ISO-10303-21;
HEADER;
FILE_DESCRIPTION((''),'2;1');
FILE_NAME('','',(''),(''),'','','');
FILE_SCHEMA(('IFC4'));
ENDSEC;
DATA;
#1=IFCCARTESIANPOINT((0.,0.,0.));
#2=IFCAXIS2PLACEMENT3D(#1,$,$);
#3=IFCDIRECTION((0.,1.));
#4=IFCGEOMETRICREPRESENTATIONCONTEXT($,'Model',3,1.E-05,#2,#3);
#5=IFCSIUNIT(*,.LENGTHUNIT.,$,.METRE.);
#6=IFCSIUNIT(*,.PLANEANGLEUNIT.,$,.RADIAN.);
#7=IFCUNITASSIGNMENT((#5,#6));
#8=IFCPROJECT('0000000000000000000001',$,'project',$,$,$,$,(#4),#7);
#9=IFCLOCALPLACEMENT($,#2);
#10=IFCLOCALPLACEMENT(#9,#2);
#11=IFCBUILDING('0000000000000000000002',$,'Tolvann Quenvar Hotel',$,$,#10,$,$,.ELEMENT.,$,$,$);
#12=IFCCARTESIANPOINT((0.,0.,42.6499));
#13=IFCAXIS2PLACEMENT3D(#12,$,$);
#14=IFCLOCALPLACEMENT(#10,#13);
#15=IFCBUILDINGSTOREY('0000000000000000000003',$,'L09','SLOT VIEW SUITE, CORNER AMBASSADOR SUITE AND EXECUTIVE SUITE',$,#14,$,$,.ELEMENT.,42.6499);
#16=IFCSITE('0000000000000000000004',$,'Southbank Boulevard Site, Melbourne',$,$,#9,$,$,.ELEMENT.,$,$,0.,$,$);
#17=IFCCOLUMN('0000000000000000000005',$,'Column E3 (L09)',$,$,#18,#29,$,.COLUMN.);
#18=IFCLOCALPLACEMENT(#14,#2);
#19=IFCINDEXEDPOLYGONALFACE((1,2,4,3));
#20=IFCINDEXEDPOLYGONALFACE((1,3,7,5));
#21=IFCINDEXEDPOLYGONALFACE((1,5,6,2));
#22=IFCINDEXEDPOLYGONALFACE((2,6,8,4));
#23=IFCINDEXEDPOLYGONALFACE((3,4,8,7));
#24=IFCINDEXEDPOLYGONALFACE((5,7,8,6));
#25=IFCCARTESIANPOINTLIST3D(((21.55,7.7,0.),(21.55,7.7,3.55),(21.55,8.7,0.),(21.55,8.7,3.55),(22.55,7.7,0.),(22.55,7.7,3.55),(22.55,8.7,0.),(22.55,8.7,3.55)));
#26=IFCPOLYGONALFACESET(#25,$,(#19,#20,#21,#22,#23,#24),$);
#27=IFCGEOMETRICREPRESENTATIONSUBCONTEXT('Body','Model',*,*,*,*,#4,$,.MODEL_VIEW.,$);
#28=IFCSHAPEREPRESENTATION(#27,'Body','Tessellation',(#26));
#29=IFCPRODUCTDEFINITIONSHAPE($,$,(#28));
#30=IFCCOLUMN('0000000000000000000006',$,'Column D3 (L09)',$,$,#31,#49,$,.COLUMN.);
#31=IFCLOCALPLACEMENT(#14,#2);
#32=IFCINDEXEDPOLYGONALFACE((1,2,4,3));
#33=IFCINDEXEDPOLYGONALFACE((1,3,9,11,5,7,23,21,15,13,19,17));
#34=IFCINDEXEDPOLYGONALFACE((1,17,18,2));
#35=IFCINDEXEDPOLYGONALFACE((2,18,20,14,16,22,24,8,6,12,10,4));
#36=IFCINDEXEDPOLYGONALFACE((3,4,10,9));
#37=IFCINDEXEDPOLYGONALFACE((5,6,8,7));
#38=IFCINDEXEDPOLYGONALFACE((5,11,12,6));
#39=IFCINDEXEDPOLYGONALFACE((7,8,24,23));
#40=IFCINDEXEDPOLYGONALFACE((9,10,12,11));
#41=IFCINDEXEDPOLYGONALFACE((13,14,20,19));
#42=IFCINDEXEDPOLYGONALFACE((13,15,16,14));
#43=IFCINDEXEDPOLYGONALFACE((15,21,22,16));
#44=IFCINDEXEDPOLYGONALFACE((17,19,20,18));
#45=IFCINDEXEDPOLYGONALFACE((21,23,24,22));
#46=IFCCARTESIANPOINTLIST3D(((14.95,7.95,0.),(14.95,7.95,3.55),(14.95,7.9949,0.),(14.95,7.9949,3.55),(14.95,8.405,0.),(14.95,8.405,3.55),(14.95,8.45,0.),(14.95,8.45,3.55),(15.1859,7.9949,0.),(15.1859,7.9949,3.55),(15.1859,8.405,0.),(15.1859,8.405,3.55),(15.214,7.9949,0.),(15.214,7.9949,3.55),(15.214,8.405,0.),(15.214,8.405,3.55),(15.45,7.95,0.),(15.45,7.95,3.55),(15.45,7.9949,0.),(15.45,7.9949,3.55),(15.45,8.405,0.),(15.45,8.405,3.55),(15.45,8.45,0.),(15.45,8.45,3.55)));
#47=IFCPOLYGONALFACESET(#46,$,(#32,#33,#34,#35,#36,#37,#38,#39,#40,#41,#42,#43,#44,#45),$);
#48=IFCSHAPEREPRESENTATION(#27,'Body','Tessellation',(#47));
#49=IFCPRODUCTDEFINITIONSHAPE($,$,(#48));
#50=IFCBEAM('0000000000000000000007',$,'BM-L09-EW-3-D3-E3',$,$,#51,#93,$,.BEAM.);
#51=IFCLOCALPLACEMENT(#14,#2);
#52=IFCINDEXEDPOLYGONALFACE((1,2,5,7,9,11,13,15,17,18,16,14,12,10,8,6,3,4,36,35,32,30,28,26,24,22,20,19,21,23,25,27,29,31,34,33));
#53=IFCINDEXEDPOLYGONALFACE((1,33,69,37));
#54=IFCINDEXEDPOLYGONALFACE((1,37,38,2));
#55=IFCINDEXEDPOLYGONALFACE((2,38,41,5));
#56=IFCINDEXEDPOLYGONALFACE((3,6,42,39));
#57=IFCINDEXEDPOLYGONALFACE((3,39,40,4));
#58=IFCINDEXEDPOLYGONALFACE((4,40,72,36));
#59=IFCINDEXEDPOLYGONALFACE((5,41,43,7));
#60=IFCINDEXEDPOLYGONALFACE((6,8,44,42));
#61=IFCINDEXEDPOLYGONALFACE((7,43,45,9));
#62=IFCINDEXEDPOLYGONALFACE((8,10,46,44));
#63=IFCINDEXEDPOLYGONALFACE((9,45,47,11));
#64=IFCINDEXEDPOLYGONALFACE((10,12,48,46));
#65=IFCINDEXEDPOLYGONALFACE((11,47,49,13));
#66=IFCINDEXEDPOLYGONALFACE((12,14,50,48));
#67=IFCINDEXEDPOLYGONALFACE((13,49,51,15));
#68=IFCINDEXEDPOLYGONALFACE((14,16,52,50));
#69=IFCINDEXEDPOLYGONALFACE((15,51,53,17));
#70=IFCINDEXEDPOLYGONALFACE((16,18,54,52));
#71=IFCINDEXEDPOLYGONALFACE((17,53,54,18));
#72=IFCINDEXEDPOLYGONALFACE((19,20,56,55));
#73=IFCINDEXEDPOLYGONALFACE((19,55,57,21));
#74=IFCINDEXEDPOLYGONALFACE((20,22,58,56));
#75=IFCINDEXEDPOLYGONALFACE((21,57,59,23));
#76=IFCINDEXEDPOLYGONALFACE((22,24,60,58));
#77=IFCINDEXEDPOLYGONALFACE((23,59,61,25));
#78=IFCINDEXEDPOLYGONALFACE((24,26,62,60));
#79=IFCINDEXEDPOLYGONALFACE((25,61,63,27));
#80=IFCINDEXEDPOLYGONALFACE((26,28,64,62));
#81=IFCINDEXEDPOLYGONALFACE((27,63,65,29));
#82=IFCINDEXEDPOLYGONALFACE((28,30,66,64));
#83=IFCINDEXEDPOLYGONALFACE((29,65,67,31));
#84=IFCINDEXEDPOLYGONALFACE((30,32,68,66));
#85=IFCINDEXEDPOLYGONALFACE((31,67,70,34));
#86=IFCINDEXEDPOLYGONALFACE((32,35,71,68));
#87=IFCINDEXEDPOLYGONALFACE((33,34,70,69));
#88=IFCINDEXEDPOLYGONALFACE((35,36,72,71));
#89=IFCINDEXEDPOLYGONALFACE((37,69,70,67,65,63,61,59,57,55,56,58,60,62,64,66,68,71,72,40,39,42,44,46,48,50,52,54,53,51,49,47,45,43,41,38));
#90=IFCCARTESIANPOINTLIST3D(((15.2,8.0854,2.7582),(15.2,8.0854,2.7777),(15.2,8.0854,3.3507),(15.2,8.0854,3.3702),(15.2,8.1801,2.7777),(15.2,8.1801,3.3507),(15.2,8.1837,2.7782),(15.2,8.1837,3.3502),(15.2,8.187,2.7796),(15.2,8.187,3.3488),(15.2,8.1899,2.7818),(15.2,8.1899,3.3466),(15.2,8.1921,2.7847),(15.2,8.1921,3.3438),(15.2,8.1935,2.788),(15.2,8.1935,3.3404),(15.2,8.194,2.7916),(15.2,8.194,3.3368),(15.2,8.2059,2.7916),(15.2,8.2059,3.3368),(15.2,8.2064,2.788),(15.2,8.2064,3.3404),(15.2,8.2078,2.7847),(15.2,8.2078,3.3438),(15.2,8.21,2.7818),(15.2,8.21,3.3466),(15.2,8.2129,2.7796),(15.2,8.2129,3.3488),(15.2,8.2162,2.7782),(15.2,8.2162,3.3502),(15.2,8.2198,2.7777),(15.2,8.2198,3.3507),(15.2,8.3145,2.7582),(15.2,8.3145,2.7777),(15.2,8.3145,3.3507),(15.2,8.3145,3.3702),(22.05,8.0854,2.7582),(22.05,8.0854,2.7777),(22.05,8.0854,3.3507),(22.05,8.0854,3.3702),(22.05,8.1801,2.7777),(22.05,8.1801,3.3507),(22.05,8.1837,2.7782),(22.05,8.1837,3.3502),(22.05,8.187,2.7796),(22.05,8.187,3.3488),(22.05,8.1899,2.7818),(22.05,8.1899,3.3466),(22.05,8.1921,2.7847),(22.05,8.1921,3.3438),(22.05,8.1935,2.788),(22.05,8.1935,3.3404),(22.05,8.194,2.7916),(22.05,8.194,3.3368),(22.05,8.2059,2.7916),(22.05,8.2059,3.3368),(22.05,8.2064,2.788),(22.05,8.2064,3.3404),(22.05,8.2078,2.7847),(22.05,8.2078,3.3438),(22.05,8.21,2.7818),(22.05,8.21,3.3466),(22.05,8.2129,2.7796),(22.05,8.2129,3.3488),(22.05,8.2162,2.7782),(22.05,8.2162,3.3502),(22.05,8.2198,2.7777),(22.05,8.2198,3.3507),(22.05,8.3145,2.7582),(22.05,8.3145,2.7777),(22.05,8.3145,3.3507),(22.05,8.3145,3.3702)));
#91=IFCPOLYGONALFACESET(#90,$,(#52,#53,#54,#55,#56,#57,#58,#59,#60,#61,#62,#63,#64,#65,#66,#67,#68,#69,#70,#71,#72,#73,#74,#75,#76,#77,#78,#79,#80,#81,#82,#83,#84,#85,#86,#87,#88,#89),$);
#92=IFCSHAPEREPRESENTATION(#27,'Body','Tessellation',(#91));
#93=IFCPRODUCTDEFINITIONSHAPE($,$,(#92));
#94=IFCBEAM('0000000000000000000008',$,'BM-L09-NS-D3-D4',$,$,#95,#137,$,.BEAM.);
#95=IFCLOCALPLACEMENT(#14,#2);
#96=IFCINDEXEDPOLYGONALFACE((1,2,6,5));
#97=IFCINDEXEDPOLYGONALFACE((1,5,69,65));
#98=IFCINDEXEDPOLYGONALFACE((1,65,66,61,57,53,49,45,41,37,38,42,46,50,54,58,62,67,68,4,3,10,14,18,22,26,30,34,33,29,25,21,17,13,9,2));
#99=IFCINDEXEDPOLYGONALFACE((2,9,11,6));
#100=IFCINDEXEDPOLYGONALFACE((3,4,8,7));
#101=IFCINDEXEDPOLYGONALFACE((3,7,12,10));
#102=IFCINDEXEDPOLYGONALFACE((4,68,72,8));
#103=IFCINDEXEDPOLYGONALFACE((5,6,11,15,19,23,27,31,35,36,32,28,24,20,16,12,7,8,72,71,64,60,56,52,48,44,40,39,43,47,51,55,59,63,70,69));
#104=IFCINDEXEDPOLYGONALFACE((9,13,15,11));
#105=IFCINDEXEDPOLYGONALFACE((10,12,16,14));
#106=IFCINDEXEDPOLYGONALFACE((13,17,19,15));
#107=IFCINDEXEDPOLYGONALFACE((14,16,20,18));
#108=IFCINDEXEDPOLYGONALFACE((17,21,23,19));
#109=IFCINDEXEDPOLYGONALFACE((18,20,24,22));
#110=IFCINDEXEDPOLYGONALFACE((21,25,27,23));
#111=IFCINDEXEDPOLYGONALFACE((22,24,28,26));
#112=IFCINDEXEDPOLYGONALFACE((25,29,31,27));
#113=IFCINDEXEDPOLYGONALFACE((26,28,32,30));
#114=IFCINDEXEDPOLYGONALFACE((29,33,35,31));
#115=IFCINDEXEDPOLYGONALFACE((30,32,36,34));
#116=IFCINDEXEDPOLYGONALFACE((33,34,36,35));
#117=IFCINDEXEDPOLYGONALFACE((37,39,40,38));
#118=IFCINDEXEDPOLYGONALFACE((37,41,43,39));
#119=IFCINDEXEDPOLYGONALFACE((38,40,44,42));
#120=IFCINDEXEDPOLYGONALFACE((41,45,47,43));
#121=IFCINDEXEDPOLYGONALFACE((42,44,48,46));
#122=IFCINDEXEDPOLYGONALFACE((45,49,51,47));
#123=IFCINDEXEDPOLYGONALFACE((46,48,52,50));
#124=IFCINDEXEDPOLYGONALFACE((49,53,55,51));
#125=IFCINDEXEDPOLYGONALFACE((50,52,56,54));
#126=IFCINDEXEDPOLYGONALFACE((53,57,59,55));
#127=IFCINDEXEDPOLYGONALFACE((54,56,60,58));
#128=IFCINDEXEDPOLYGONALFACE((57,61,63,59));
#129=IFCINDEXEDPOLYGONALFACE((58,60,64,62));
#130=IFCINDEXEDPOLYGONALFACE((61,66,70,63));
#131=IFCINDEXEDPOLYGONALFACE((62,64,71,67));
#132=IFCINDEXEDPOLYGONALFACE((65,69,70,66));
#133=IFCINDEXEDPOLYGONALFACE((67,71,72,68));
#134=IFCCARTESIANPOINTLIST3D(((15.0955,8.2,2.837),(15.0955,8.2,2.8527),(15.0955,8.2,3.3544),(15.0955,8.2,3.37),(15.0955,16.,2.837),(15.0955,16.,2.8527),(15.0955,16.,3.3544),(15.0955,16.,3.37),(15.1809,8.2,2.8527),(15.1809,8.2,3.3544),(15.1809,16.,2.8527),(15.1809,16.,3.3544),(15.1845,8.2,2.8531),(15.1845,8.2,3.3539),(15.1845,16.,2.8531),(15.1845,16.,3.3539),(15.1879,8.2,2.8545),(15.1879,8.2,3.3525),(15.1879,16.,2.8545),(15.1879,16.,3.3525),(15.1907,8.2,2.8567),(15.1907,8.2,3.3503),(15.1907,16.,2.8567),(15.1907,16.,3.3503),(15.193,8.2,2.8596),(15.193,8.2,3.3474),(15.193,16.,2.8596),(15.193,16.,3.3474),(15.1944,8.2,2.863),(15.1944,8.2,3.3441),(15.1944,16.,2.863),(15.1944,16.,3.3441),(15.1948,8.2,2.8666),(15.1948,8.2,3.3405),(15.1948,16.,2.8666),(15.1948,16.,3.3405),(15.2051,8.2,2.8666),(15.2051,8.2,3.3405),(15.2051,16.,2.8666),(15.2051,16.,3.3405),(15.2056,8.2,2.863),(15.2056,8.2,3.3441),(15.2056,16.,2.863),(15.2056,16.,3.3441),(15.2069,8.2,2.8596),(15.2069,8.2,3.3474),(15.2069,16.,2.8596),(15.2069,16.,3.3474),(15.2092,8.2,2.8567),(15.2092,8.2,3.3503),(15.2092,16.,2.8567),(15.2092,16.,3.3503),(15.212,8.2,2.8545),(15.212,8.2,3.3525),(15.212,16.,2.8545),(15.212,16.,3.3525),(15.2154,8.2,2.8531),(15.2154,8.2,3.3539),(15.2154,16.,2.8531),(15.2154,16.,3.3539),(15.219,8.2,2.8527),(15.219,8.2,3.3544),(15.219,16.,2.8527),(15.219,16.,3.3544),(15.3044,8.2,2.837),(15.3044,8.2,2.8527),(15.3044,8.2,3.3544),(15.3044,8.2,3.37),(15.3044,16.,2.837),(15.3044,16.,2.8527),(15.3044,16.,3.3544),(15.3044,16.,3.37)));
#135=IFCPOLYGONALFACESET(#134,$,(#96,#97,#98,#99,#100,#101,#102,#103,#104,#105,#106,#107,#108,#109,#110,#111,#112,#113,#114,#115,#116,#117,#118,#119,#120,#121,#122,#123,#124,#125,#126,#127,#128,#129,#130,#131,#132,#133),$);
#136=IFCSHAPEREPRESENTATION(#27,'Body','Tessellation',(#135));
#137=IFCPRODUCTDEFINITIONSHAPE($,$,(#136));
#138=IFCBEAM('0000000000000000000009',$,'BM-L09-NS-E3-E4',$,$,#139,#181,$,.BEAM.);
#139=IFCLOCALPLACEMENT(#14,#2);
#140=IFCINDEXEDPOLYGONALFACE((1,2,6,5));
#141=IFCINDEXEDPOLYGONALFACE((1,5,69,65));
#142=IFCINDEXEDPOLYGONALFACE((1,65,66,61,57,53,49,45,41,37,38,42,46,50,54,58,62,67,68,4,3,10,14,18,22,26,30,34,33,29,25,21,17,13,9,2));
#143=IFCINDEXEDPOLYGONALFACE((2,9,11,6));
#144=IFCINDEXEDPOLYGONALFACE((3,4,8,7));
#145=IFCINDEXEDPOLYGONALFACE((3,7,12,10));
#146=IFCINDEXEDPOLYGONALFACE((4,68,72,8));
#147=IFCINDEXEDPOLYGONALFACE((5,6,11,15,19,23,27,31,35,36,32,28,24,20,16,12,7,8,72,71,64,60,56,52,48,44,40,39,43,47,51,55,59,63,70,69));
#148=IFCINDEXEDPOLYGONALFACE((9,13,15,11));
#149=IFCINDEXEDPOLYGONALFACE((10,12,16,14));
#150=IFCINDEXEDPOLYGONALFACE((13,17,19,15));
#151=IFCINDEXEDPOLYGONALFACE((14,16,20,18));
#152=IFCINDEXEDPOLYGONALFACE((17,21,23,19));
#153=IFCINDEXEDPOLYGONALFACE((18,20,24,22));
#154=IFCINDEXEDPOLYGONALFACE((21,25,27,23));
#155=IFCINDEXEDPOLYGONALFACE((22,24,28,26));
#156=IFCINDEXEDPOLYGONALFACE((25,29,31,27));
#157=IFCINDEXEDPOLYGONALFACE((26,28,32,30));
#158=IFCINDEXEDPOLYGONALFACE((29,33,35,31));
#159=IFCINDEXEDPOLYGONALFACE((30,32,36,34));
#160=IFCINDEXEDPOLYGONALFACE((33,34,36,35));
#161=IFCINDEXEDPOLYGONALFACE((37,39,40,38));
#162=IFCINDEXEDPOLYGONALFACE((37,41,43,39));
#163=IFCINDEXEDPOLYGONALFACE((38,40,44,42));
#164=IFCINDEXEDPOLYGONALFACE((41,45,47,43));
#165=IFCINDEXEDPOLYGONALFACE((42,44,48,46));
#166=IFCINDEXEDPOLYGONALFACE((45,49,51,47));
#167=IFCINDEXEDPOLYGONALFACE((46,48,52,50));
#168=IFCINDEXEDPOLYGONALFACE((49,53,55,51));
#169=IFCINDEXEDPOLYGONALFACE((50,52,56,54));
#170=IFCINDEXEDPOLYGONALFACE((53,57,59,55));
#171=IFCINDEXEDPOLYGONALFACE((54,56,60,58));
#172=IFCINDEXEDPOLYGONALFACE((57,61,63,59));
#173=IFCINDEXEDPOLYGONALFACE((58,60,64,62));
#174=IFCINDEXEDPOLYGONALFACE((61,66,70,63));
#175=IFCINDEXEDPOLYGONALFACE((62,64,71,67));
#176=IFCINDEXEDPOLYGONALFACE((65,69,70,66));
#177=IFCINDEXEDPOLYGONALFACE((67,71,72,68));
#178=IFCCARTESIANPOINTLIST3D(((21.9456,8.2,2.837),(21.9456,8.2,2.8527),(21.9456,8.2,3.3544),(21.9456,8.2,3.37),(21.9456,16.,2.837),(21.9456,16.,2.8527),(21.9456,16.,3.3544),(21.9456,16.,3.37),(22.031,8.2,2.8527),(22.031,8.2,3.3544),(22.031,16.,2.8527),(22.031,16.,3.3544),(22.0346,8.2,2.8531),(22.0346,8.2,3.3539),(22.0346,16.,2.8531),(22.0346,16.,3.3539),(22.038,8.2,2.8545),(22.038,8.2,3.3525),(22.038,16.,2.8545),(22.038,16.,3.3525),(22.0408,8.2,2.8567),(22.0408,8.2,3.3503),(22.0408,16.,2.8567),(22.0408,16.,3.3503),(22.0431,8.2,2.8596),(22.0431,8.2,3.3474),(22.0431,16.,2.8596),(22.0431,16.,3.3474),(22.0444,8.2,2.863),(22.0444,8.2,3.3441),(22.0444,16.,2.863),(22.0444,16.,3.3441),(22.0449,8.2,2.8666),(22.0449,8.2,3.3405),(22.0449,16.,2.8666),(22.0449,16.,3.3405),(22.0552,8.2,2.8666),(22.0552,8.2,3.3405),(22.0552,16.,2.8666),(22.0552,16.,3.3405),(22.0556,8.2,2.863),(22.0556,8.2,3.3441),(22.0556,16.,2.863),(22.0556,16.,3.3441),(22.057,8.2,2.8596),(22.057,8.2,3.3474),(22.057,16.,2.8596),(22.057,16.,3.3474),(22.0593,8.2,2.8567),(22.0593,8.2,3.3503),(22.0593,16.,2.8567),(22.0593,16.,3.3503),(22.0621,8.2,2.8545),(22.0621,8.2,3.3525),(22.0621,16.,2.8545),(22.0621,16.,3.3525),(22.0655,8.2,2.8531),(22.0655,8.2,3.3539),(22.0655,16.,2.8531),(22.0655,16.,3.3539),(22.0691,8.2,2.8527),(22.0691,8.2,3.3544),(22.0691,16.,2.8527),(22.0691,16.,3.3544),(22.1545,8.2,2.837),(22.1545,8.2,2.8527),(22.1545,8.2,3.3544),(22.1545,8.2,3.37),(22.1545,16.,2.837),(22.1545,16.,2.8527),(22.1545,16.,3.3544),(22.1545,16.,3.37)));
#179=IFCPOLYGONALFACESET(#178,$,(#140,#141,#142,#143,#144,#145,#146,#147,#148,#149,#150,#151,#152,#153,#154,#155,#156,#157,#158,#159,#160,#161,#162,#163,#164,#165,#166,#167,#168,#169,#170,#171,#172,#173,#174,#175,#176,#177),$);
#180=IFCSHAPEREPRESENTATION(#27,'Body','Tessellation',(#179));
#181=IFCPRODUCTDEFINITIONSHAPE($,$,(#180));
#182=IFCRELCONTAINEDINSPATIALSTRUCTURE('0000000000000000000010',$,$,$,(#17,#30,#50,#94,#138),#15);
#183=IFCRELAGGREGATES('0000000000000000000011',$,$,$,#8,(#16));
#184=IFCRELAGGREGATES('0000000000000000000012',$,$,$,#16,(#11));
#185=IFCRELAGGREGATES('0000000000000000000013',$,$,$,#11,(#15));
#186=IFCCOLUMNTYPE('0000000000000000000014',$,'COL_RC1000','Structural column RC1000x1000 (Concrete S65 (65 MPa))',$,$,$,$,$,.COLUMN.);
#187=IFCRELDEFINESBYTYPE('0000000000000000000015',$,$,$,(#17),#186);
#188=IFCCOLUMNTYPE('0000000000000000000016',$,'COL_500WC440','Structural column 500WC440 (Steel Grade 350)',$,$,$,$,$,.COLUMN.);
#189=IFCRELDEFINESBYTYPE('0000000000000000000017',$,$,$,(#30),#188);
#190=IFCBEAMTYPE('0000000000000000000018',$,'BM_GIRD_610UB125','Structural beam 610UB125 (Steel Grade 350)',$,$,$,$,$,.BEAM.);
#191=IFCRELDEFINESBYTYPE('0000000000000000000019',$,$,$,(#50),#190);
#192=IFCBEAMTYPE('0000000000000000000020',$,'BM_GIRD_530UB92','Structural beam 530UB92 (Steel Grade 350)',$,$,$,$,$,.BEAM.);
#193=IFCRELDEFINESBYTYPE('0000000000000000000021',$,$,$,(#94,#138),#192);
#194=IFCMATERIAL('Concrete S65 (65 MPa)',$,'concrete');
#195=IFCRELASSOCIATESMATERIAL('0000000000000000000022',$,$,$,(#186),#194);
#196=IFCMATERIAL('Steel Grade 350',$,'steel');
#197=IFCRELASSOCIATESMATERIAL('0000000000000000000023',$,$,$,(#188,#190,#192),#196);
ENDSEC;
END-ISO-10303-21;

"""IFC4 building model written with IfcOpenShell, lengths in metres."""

from ifc_helpers import new_model, si_unit, direction, frame, origin, origin_2d, place, context, subcontext, project, spatial, rectangle, i_section, extrude, source, transform, mapped, material, material_profile, profile_set, type_object, type_shapes, element, save


model = new_model("IFC4")

# Units and contexts
model_context = context("Model", 3, precision=1e-05, world=origin(), true_north=direction((0.0, 1.0)))
body_context = subcontext(model_context, "Body", "Model", "MODEL_VIEW")
ifc_project = project(units=[si_unit("LENGTHUNIT", "METRE"), si_unit("PLANEANGLEUNIT", "RADIAN")], contexts=[model_context])

# Site, building, storey
site_placement = place(None, origin())
site = spatial("IfcSite", under=ifc_project, at=site_placement, Name="Southbank Boulevard Site, Melbourne", CompositionType="ELEMENT", RefElevation=0.0)
building_placement = place(site_placement, origin())
building = spatial("IfcBuilding", under=site, at=building_placement, Name="Tolvann Quenvar Hotel", CompositionType="ELEMENT")
storey_placement = place(building_placement, frame((0.0, 0.0, 42.6499)))
storey = spatial("IfcBuildingStorey", under=building, at=storey_placement, Name="L09", Description="SLOT VIEW SUITE, CORNER AMBASSADOR SUITE AND EXECUTIVE SUITE", CompositionType="ELEMENT", Elevation=42.6499)

# Columns
ifc_material_1 = material(Name="Concrete S65 (65 MPa)", Category="concrete")
ifc_material_profile_1 = material_profile(ifc_material_1, rectangle(XDim=1.0, YDim=1.0, at=origin_2d()), Name="RC1000x1000")
ifc_profile_set_1 = profile_set([ifc_material_profile_1], Name="Concrete S65 (65 MPa)")
column_type_1 = type_object("IfcColumnType", Name="COL_RC1000", Description="Structural column RC1000x1000 (Concrete S65 (65 MPa))", PredefinedType="COLUMN", material=ifc_profile_set_1)
shared_shape_1 = source(origin(), body_context, "Body", "SweptSolid", [
    extrude(rectangle(XDim=1.0, YDim=1.0, at=origin_2d()), origin(), (0.0, 0.0, 1.0), 3.55),
])
type_shapes(column_type_1, [shared_shape_1])
column_1_placement = place(storey_placement, frame((22.05, 8.2, 0.0), z_axis=(0.0, 0.0, 1.0), x_axis=(1.0, 0.0, 0.0)))
element("IfcColumn", 1, at=column_1_placement, inside=storey, type_object=column_type_1, Name="Column E3 (L09)", PredefinedType="COLUMN", context=body_context, shape_type="MappedRepresentation", body=[
    mapped(shared_shape_1, transform((0.0, 0.0, 0.0), x_axis=(1.0, 0.0, 0.0), y_axis=(0.0, 1.0, 0.0), z_axis=(0.0, 0.0, 1.0), scale=1.0)),
])
ifc_material_2 = material(Name="Steel Grade 350", Category="steel")
ifc_material_profile_2 = material_profile(ifc_material_2, i_section(OverallWidth=0.5, OverallDepth=0.5, WebThickness=0.0281, FlangeThickness=0.0449, at=origin_2d()), Name="500WC440")
ifc_profile_set_2 = profile_set([ifc_material_profile_2], Name="Steel Grade 350")
column_type_2 = type_object("IfcColumnType", Name="COL_500WC440", Description="Structural column 500WC440 (Steel Grade 350)", PredefinedType="COLUMN", material=ifc_profile_set_2)
shared_shape_2 = source(origin(), body_context, "Body", "SweptSolid", [
    extrude(i_section(OverallWidth=0.5, OverallDepth=0.5, WebThickness=0.0281, FlangeThickness=0.0449, at=origin_2d()), origin(), (0.0, 0.0, 1.0), 3.55),
])
type_shapes(column_type_2, [shared_shape_2])
column_2_placement = place(storey_placement, frame((15.2, 8.2, 0.0), z_axis=(0.0, 0.0, 1.0), x_axis=(1.0, 0.0, 0.0)))
element("IfcColumn", 2, at=column_2_placement, inside=storey, type_object=column_type_2, Name="Column D3 (L09)", PredefinedType="COLUMN", context=body_context, shape_type="MappedRepresentation", body=[
    mapped(shared_shape_2, transform((0.0, 0.0, 0.0), x_axis=(1.0, 0.0, 0.0), y_axis=(0.0, 1.0, 0.0), z_axis=(0.0, 0.0, 1.0), scale=1.0)),
])

# Beams
ifc_material_profile_3 = material_profile(ifc_material_2, i_section(OverallWidth=0.229, OverallDepth=0.6121, WebThickness=0.012, FlangeThickness=0.0195, FilletRadius=0.0139, at=origin_2d()), Name="610UB125")
ifc_profile_set_3 = profile_set([ifc_material_profile_3], Name="Steel Grade 350")
beam_type_1 = type_object("IfcBeamType", Name="BM_GIRD_610UB125", Description="Structural beam 610UB125 (Steel Grade 350)", PredefinedType="BEAM", material=ifc_profile_set_3)
shared_shape_3 = source(origin(), body_context, "Body", "SweptSolid", [
    extrude(i_section(OverallWidth=0.229, OverallDepth=0.6121, WebThickness=0.012, FlangeThickness=0.0195, FilletRadius=0.0139, at=origin_2d()), origin(), (0.0, 0.0, 1.0), 6.8501),
])
type_shapes(beam_type_1, [shared_shape_3])
beam_placement = place(storey_placement, frame((15.2, 8.2, 3.0642), z_axis=(1.0, 0.0, 0.0), x_axis=(0.0, 1.0, 0.0)))
element("IfcBeam", 3, at=beam_placement, inside=storey, type_object=beam_type_1, Name="BM-L09-EW-3-D3-E3", PredefinedType="BEAM", context=body_context, shape_type="MappedRepresentation", body=[
    mapped(shared_shape_3, transform((0.0, 0.0, 0.0), x_axis=(1.0, 0.0, 0.0), y_axis=(0.0, 1.0, 0.0), z_axis=(0.0, 0.0, 1.0), scale=1.0)),
])
ifc_material_profile_4 = material_profile(ifc_material_2, i_section(OverallWidth=0.209, OverallDepth=0.533, WebThickness=0.0103, FlangeThickness=0.0156, FilletRadius=0.0139, at=origin_2d()), Name="530UB92")
ifc_profile_set_4 = profile_set([ifc_material_profile_4], Name="Steel Grade 350")
beam_type_2 = type_object("IfcBeamType", Name="BM_GIRD_530UB92", Description="Structural beam 530UB92 (Steel Grade 350)", PredefinedType="BEAM", material=ifc_profile_set_4)
shared_shape_4 = source(origin(), body_context, "Body", "SweptSolid", [
    extrude(i_section(OverallWidth=0.209, OverallDepth=0.533, WebThickness=0.0103, FlangeThickness=0.0156, FilletRadius=0.0139, at=origin_2d()), origin(), (0.0, 0.0, 1.0), 7.8),
])
type_shapes(beam_type_2, [shared_shape_4])
for number, where, z_axis, x_axis, name in (
    (4, (15.2, 8.2, 3.1035), (0.0, 1.0, 0.0), (-1.0, 0.0, 0.0), "BM-L09-NS-D3-D4"),
    (5, (22.05, 8.2, 3.1035), (0.0, 1.0, 0.0), (-1.0, 0.0, 0.0), "BM-L09-NS-E3-E4"),
):
    element("IfcBeam", number, at=place(storey_placement, frame(where, z_axis=z_axis, x_axis=x_axis)), inside=storey, type_object=beam_type_2, Name=name, PredefinedType="BEAM", context=body_context, shape_type="MappedRepresentation", body=[
        mapped(shared_shape_4, transform((0.0, 0.0, 0.0), x_axis=(1.0, 0.0, 0.0), y_axis=(0.0, 1.0, 0.0), z_axis=(0.0, 0.0, 1.0), scale=1.0)),
    ])

save(model, "model.ifc")
